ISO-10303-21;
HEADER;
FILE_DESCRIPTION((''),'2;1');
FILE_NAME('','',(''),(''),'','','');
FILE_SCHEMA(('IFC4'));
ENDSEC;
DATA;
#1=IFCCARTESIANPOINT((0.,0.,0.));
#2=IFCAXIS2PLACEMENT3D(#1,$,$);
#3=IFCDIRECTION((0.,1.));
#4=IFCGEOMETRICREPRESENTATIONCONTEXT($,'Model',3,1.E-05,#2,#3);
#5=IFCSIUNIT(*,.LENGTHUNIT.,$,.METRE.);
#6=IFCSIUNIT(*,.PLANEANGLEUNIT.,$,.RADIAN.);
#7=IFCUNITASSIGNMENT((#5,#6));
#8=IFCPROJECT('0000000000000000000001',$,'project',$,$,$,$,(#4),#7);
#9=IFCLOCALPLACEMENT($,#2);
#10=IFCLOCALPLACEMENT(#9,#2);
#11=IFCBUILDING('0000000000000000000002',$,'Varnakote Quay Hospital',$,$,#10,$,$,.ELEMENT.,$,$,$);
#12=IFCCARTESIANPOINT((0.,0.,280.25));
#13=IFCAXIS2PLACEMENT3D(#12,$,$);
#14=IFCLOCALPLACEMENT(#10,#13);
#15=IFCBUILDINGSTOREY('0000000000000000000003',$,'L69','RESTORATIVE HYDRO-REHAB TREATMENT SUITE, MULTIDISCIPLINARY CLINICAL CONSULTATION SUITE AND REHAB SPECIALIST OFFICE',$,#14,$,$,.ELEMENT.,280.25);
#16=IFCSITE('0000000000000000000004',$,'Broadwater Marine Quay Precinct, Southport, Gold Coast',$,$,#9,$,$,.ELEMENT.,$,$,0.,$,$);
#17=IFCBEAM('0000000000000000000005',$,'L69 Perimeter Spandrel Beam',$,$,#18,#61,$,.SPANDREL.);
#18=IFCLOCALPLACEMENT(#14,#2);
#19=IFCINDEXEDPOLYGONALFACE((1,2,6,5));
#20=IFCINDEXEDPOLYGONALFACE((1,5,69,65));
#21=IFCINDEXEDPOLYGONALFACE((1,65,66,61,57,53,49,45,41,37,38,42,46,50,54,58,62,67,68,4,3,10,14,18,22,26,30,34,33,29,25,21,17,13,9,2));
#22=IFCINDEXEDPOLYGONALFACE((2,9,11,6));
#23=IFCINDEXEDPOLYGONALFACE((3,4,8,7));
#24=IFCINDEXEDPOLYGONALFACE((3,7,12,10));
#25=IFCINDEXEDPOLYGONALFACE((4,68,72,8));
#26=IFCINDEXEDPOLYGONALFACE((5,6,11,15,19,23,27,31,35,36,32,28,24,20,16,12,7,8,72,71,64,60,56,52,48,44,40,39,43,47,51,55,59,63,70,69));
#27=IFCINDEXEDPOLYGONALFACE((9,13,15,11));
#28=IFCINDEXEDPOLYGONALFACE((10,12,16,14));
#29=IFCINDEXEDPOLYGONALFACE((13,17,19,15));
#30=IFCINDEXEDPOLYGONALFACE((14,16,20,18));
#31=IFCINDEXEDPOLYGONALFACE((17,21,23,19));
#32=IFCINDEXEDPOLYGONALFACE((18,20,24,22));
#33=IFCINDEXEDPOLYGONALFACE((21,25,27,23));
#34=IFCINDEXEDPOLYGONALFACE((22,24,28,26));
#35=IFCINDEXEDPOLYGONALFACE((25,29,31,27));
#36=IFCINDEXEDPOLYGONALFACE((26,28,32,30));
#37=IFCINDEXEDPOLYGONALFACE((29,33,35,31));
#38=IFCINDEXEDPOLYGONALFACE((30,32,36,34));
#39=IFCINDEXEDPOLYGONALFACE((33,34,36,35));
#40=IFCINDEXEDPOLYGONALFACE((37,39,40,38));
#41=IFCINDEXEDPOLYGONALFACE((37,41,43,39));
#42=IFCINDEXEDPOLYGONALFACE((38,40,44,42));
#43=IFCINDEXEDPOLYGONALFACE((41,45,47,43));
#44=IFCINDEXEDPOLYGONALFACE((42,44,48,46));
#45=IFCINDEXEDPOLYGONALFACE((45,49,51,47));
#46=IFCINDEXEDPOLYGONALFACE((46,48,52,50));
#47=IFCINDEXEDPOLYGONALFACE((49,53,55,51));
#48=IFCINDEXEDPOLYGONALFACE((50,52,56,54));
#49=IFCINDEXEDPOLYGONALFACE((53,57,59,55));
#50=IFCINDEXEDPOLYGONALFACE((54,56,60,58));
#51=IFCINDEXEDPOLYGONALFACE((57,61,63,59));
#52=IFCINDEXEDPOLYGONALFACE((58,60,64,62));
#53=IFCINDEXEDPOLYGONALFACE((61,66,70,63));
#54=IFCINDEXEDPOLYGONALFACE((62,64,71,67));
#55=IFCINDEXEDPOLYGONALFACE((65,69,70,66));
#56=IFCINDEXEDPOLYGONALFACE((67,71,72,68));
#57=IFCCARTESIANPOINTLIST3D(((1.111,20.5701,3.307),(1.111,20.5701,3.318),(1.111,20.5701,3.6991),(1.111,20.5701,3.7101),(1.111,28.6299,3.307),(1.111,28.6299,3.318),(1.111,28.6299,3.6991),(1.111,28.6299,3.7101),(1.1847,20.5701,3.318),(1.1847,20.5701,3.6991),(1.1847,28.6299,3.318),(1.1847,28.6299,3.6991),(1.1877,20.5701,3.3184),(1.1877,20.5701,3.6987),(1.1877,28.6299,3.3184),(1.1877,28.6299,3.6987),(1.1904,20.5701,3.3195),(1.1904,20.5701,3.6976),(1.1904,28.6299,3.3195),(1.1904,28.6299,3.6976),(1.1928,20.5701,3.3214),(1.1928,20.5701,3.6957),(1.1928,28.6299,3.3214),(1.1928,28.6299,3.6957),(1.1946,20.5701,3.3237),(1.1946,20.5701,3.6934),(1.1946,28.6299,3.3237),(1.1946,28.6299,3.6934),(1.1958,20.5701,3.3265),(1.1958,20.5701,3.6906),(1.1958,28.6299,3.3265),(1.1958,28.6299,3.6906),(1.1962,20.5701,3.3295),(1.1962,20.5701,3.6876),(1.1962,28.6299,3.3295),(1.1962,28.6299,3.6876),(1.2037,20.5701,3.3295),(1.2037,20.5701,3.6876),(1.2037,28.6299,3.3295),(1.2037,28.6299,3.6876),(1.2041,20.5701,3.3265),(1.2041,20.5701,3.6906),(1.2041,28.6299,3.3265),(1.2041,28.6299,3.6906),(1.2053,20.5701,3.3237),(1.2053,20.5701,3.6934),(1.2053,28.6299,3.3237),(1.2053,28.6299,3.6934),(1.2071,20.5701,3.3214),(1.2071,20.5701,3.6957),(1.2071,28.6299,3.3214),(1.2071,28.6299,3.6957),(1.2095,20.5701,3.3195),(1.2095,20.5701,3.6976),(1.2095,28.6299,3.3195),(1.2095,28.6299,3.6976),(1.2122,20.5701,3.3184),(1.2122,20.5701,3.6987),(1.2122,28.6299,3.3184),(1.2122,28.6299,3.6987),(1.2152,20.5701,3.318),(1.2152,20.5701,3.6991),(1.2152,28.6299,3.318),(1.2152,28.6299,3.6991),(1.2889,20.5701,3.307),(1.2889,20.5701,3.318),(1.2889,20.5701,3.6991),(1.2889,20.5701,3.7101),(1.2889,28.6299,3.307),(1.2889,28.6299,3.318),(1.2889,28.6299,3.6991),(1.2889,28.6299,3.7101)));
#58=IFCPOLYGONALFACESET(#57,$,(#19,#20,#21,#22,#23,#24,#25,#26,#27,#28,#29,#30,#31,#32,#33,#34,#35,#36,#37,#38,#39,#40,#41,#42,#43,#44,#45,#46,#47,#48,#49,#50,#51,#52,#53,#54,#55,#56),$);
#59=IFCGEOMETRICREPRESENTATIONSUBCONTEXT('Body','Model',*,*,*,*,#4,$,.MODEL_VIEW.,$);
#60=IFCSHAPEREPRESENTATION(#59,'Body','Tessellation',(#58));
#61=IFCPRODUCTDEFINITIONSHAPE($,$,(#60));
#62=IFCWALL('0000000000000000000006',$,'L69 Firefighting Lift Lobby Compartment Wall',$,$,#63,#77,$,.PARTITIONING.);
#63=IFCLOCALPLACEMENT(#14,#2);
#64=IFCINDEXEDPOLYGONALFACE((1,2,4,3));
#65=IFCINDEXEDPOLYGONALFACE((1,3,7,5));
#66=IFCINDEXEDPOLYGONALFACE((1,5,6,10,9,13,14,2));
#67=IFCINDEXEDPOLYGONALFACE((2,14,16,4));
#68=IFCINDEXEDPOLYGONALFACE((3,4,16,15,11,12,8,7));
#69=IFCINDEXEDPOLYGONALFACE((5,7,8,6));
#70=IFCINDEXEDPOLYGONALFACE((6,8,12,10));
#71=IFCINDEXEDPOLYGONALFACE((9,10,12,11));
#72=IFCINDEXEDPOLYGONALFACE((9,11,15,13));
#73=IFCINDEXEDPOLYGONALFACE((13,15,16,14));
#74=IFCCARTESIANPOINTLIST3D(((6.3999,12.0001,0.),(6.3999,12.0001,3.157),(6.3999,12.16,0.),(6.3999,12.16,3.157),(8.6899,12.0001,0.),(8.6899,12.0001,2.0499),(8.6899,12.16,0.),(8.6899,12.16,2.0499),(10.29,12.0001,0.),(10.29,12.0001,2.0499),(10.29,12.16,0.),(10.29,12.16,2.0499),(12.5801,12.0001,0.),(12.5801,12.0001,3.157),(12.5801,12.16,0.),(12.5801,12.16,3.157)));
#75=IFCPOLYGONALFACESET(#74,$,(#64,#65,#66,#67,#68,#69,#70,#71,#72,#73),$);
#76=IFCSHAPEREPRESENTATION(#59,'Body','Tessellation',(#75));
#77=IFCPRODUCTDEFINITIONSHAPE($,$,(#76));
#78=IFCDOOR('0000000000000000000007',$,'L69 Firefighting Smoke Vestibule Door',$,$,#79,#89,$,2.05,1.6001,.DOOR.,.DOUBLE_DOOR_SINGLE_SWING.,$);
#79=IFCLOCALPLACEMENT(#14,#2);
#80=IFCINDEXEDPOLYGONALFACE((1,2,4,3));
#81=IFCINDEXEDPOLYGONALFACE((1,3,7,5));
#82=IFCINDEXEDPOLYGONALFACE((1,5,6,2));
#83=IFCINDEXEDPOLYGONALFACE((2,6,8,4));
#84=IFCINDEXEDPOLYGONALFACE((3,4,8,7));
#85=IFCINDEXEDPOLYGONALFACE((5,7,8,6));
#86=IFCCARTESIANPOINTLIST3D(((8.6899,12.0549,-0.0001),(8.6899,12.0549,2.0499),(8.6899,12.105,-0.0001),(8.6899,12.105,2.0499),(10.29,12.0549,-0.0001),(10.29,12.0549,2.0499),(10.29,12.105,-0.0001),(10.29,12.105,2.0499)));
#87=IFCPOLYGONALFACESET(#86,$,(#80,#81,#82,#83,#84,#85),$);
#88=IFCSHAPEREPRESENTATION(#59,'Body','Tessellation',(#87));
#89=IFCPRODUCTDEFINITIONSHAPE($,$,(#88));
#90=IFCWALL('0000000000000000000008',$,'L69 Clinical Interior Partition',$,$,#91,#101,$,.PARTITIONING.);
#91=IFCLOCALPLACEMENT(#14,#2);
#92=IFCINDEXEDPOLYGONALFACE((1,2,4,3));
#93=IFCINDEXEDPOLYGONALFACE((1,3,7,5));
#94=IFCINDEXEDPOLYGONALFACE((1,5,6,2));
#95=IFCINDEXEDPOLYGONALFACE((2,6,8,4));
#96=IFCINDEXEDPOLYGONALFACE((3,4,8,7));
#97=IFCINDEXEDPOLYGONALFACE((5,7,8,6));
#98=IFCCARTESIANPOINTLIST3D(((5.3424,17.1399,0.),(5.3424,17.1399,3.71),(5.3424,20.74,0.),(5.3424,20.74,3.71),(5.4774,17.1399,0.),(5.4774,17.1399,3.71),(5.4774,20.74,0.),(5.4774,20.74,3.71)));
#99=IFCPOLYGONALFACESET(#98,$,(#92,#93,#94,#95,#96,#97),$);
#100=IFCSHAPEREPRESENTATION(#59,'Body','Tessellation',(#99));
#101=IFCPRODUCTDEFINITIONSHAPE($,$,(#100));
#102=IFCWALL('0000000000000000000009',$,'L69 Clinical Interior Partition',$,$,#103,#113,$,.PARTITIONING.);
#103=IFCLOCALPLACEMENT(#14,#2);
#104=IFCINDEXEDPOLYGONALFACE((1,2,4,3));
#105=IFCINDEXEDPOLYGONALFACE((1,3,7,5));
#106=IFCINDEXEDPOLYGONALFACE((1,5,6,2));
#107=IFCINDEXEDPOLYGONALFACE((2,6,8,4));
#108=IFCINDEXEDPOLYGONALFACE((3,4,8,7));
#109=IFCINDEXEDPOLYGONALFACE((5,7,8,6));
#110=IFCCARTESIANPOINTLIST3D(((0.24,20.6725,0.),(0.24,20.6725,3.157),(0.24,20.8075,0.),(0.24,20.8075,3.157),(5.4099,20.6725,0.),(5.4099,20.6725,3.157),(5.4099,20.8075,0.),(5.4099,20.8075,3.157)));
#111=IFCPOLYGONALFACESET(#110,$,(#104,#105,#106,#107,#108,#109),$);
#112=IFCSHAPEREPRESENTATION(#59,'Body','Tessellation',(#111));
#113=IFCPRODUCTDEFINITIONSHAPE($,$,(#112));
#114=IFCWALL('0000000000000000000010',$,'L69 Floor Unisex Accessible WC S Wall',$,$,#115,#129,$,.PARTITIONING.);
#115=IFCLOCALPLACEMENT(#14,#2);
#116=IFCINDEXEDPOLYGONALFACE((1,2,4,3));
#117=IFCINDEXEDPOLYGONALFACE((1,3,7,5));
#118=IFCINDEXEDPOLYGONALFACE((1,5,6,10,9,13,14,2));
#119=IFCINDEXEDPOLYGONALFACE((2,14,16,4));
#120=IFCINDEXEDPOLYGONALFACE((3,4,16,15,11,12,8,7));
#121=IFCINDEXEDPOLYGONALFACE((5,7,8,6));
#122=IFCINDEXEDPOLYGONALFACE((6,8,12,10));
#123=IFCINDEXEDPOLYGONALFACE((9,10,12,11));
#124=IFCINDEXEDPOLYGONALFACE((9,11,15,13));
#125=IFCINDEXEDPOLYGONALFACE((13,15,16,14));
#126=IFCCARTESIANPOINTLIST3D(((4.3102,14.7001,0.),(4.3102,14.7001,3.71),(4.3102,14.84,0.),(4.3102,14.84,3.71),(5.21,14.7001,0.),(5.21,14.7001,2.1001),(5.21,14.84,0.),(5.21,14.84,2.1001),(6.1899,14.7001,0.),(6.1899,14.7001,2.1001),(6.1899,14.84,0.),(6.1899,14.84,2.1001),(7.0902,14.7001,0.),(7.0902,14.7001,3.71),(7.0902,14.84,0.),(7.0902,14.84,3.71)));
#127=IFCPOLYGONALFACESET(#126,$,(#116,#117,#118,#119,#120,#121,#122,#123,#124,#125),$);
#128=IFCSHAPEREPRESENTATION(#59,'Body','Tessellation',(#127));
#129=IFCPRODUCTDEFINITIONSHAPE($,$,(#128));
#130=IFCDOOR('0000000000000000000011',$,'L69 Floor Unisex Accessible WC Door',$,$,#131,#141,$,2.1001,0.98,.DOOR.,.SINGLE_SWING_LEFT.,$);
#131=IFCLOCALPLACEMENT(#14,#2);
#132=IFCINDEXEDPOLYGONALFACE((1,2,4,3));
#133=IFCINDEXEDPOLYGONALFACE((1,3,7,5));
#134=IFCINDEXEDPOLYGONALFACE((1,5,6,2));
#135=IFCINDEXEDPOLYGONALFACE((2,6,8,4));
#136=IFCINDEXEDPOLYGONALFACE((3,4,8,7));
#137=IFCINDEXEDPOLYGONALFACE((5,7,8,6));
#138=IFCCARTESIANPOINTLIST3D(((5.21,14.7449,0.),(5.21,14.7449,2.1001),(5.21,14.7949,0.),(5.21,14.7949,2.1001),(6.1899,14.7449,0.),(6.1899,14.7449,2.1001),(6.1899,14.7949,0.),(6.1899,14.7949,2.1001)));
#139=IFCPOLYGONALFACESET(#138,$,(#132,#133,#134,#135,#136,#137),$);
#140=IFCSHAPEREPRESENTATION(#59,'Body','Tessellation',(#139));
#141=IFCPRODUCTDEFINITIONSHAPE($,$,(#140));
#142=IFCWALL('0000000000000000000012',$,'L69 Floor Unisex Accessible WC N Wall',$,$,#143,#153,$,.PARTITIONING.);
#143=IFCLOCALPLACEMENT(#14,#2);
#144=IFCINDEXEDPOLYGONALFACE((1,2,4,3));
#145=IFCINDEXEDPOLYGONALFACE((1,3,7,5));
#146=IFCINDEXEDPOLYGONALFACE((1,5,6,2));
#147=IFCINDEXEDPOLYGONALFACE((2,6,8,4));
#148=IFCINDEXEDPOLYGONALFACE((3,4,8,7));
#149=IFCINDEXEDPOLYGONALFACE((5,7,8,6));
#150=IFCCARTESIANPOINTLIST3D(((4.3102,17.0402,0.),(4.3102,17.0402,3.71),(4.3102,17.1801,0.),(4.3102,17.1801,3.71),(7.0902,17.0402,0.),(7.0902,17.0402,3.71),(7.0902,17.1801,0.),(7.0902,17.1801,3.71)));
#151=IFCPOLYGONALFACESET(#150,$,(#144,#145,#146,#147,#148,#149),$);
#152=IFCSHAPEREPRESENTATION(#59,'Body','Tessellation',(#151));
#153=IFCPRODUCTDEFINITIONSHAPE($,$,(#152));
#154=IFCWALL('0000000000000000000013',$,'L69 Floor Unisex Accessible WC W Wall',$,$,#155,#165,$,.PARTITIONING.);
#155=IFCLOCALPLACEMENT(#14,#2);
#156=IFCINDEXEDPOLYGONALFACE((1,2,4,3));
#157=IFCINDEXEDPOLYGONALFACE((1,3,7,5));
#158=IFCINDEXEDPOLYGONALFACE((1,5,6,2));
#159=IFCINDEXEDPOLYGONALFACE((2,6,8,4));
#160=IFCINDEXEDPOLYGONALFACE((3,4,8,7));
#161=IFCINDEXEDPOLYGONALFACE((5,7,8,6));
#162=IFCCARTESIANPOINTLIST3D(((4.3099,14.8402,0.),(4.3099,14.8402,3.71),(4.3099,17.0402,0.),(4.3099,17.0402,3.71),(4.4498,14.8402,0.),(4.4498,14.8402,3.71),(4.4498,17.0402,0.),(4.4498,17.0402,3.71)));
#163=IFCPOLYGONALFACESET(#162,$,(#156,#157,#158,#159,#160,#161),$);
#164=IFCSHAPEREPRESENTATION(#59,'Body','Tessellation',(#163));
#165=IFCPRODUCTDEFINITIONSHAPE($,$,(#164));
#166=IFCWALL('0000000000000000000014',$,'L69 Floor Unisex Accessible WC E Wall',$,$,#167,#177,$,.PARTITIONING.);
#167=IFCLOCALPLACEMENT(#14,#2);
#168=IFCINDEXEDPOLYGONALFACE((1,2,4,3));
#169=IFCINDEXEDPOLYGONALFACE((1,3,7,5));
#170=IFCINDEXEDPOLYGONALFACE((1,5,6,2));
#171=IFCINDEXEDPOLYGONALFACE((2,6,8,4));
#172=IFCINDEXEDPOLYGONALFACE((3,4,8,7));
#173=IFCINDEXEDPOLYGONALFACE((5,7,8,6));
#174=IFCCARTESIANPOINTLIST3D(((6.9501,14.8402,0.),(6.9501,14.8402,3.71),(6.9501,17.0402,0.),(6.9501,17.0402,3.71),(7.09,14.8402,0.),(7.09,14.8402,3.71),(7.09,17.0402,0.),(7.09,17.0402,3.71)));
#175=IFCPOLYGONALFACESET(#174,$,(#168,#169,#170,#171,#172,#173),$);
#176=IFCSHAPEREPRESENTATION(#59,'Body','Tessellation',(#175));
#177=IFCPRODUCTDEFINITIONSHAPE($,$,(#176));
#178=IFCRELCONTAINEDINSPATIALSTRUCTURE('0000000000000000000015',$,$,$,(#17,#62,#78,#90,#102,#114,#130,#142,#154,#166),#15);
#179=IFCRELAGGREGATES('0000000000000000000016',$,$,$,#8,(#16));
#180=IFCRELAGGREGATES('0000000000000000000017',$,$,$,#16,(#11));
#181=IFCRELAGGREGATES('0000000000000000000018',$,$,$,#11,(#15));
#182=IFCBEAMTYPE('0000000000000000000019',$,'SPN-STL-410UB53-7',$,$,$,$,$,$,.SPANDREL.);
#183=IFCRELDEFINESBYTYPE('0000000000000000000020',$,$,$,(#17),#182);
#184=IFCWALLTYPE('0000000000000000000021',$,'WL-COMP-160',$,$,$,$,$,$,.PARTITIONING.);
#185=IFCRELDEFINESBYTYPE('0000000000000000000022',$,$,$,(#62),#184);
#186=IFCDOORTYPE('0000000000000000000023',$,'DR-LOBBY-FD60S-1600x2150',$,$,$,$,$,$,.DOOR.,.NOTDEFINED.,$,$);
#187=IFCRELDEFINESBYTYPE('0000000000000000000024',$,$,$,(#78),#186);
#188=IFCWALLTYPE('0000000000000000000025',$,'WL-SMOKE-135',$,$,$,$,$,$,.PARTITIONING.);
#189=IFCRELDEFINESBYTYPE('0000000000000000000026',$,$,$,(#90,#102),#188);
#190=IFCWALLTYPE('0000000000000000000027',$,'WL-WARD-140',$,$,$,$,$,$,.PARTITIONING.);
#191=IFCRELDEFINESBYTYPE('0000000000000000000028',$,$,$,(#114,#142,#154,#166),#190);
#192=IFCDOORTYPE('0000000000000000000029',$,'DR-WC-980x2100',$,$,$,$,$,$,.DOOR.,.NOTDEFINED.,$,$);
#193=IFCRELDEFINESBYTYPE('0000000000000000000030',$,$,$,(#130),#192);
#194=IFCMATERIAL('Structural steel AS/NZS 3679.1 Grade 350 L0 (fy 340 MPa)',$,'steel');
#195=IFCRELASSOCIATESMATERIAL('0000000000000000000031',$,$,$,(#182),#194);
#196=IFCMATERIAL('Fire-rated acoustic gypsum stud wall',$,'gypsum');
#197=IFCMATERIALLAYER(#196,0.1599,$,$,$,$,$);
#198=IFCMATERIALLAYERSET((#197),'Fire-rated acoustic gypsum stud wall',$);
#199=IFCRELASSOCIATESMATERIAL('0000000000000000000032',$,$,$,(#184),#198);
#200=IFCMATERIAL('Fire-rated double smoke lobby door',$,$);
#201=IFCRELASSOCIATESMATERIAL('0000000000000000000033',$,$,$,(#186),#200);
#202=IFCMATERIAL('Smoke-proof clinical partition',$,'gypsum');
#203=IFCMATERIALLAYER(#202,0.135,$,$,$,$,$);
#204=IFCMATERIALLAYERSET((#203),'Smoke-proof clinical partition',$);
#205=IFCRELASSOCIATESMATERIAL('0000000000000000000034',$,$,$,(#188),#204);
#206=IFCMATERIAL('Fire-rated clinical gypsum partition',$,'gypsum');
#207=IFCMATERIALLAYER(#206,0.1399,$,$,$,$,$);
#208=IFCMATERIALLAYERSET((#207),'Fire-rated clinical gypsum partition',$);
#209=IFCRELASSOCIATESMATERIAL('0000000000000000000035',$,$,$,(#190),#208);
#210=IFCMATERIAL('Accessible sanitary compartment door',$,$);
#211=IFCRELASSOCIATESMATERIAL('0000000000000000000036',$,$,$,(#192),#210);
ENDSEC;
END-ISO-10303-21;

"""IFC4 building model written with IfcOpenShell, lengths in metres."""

from ifc_helpers import new_model, si_unit, direction, frame, frame_2d, origin, origin_2d, place, context, subcontext, project, spatial, rectangle, i_section, extrude, material, layer, layer_set, material_profile, profile_set, type_object, element, fill, save


model = new_model("IFC4")

# Units and contexts
model_context = context("Model", 3, precision=1e-05, world=origin(), true_north=direction((0.0, 1.0)))
body_context = subcontext(model_context, "Body", "Model", "MODEL_VIEW")
ifc_project = project(units=[si_unit("LENGTHUNIT", "METRE"), si_unit("PLANEANGLEUNIT", "RADIAN")], contexts=[model_context])

# Site, building, storey
site_placement = place(None, origin())
site = spatial("IfcSite", under=ifc_project, at=site_placement, Name="Broadwater Marine Quay Precinct, Southport, Gold Coast", CompositionType="ELEMENT", RefElevation=0.0)
building_placement = place(site_placement, origin())
building = spatial("IfcBuilding", under=site, at=building_placement, Name="Varnakote Quay Hospital", CompositionType="ELEMENT")
storey_placement = place(building_placement, frame((0.0, 0.0, 280.25)))
storey = spatial("IfcBuildingStorey", under=building, at=storey_placement, Name="L69", Description="RESTORATIVE HYDRO-REHAB TREATMENT SUITE, MULTIDISCIPLINARY CLINICAL CONSULTATION SUITE AND REHAB SPECIALIST OFFICE", CompositionType="ELEMENT", Elevation=280.25)

# Beam
ifc_material_1 = material(Name="Structural steel AS/NZS 3679.1 Grade 350 L0 (fy 340 MPa)", Category="steel")
ifc_material_profile_1 = material_profile(ifc_material_1, i_section(OverallWidth=0.178, OverallDepth=0.4031, WebThickness=0.0076, FlangeThickness=0.011, FilletRadius=0.0115, at=origin_2d()), Name="410UB53.7")
ifc_profile_set_1 = profile_set([ifc_material_profile_1], Name="Structural steel AS/NZS 3679.1 Grade 350 L0 (fy 340 MPa)")
beam_type_1 = type_object("IfcBeamType", Name="SPN-STL-410UB53-7", PredefinedType="SPANDREL", material=ifc_profile_set_1)
beam_1_placement = place(storey_placement, frame((1.2, 20.5701, 3.5085), z_axis=(0.0, 1.0, 0.0), x_axis=(-1.0, 0.0, 0.0)))
element("IfcBeam", 1, at=beam_1_placement, inside=storey, type_object=beam_type_1, Name="L69 Perimeter Spandrel Beam", PredefinedType="SPANDREL", context=body_context, shape_type="SweptSolid", body=[
    extrude(i_section(OverallWidth=0.178, OverallDepth=0.4031, WebThickness=0.0076, FlangeThickness=0.011, FilletRadius=0.0115, at=origin_2d()), origin(), (0.0, 0.0, 1.0), 8.0598),
])

# Wall, opening, door
ifc_material_2 = material(Name="Fire-rated acoustic gypsum stud wall", Category="gypsum")
ifc_layer_1 = layer(ifc_material_2, 0.1599)
ifc_layer_set_1 = layer_set([ifc_layer_1], Name="Fire-rated acoustic gypsum stud wall")
wall_type_1 = type_object("IfcWallType", Name="WL-COMP-160", PredefinedType="PARTITIONING", material=ifc_layer_set_1)
wall_1_placement = place(storey_placement, frame((6.3999, 12.0801, 0.0), z_axis=(0.0, 0.0, 1.0), x_axis=(1.0, 0.0, 0.0)))
wall_1 = element("IfcWall", 2, at=wall_1_placement, inside=storey, type_object=wall_type_1, Name="L69 Firefighting Lift Lobby Compartment Wall", PredefinedType="PARTITIONING", context=body_context, shape_type="SweptSolid", body=[
    extrude(rectangle(XDim=6.1802, YDim=0.1599, at=frame_2d((3.0901, 0.0))), origin(), (0.0, 0.0, 1.0), 3.157),
])
opening_1_placement = place(wall_1_placement, frame((2.29, 0.0, 0.0)))
opening_1 = element("IfcOpeningElement", 3, at=opening_1_placement, cuts=wall_1, PredefinedType="OPENING", context=body_context, shape_type="SweptSolid", body=[
    extrude(rectangle(XDim=1.6001, YDim=2.05, at=frame_2d((0.8, 1.0249))), frame((0.0, 0.0898, 0.0), z_axis=(0.0, -1.0, 0.0), x_axis=(1.0, 0.0, 0.0)), (0.0, 0.0, 1.0), 0.1799),
])
ifc_material_3 = material(Name="Fire-rated double smoke lobby door")
door_type_1 = type_object("IfcDoorType", Name="DR-LOBBY-FD60S-1600x2150", OperationType="NOTDEFINED", PredefinedType="DOOR", material=ifc_material_3)
door_1_placement = place(opening_1_placement, origin())
door_1 = element("IfcDoor", 4, at=door_1_placement, inside=storey, type_object=door_type_1, Name="L69 Firefighting Smoke Vestibule Door", OperationType="DOUBLE_DOOR_SINGLE_SWING", OverallHeight=2.05, OverallWidth=1.6001, PredefinedType="DOOR", context=body_context, shape_type="SweptSolid", body=[
    extrude(rectangle(XDim=1.6001, YDim=2.05, at=frame_2d((0.8, 1.0249))), frame((0.0, 0.0249, 0.0), z_axis=(0.0, -1.0, 0.0), x_axis=(1.0, 0.0, 0.0)), (0.0, 0.0, 1.0), 0.05),
])
fill(opening_1, door_1)

# Walls
ifc_material_4 = material(Name="Smoke-proof clinical partition", Category="gypsum")
ifc_layer_2 = layer(ifc_material_4, 0.135)
ifc_layer_set_2 = layer_set([ifc_layer_2], Name="Smoke-proof clinical partition")
wall_type_2 = type_object("IfcWallType", Name="WL-SMOKE-135", PredefinedType="PARTITIONING", material=ifc_layer_set_2)
wall_2_placement = place(storey_placement, frame((5.4099, 17.1399, 0.0), z_axis=(0.0, 0.0, 1.0), x_axis=(0.0, 1.0, 0.0)))
element("IfcWall", 5, at=wall_2_placement, inside=storey, type_object=wall_type_2, Name="L69 Clinical Interior Partition", PredefinedType="PARTITIONING", context=body_context, shape_type="SweptSolid", body=[
    extrude(rectangle(XDim=3.6001, YDim=0.135, at=frame_2d((1.8, 0.0))), origin(), (0.0, 0.0, 1.0), 3.71),
])
wall_3_placement = place(storey_placement, frame((5.4099, 20.74, 0.0), z_axis=(0.0, 0.0, 1.0), x_axis=(-1.0, 0.0, 0.0)))
element("IfcWall", 6, at=wall_3_placement, inside=storey, type_object=wall_type_2, Name="L69 Clinical Interior Partition", PredefinedType="PARTITIONING", context=body_context, shape_type="SweptSolid", body=[
    extrude(rectangle(XDim=5.1699, YDim=0.135, at=frame_2d((2.585, 0.0))), origin(), (0.0, 0.0, 1.0), 3.157),
])

# Wall, opening, door
ifc_material_5 = material(Name="Fire-rated clinical gypsum partition", Category="gypsum")
ifc_layer_3 = layer(ifc_material_5, 0.1399)
ifc_layer_set_3 = layer_set([ifc_layer_3], Name="Fire-rated clinical gypsum partition")
wall_type_3 = type_object("IfcWallType", Name="WL-WARD-140", PredefinedType="PARTITIONING", material=ifc_layer_set_3)
wall_4_placement = place(storey_placement, frame((4.3101, 14.77, 0.0), z_axis=(0.0, 0.0, 1.0), x_axis=(1.0, 0.0, 0.0)))
wall_4 = element("IfcWall", 7, at=wall_4_placement, inside=storey, type_object=wall_type_3, Name="L69 Floor Unisex Accessible WC S Wall", PredefinedType="PARTITIONING", context=body_context, shape_type="SweptSolid", body=[
    extrude(rectangle(XDim=2.78, YDim=0.1399, at=frame_2d((1.3901, 0.0))), origin(), (0.0, 0.0, 1.0), 3.71),
])
opening_2_placement = place(wall_4_placement, frame((0.8999, 0.0, 0.0)))
opening_2 = element("IfcOpeningElement", 8, at=opening_2_placement, cuts=wall_4, PredefinedType="OPENING", context=body_context, shape_type="SweptSolid", body=[
    extrude(rectangle(XDim=0.98, YDim=2.1001, at=frame_2d((0.49, 1.05))), frame((0.0, 0.0798, 0.0), z_axis=(0.0, -1.0, 0.0), x_axis=(1.0, 0.0, 0.0)), (0.0, 0.0, 1.0), 0.1599),
])
ifc_material_6 = material(Name="Accessible sanitary compartment door")
door_type_2 = type_object("IfcDoorType", Name="DR-WC-980x2100", OperationType="NOTDEFINED", PredefinedType="DOOR", material=ifc_material_6)
door_2_placement = place(opening_2_placement, origin())
door_2 = element("IfcDoor", 9, at=door_2_placement, inside=storey, type_object=door_type_2, Name="L69 Floor Unisex Accessible WC Door", OperationType="SINGLE_SWING_LEFT", OverallHeight=2.1001, OverallWidth=0.98, PredefinedType="DOOR", context=body_context, shape_type="SweptSolid", body=[
    extrude(rectangle(XDim=0.98, YDim=2.1001, at=frame_2d((0.49, 1.05))), frame((0.0, 0.0249, 0.0), z_axis=(0.0, -1.0, 0.0), x_axis=(1.0, 0.0, 0.0)), (0.0, 0.0, 1.0), 0.05),
])
fill(opening_2, door_2)

# Walls
wall_5_placement = place(storey_placement, frame((4.3101, 17.1101, 0.0), z_axis=(0.0, 0.0, 1.0), x_axis=(1.0, 0.0, 0.0)))
element("IfcWall", 10, at=wall_5_placement, inside=storey, type_object=wall_type_3, Name="L69 Floor Unisex Accessible WC N Wall", PredefinedType="PARTITIONING", context=body_context, shape_type="SweptSolid", body=[
    extrude(rectangle(XDim=2.78, YDim=0.1399, at=frame_2d((1.3901, 0.0))), origin(), (0.0, 0.0, 1.0), 3.71),
])
for number, where, z_axis, x_axis, name in (
    (11, (4.3799, 14.8401, 0.0), (0.0, 0.0, 1.0), (0.0, 1.0, 0.0), "L69 Floor Unisex Accessible WC W Wall"),
    (12, (7.02, 14.8401, 0.0), (0.0, 0.0, 1.0), (0.0, 1.0, 0.0), "L69 Floor Unisex Accessible WC E Wall"),
):
    element("IfcWall", number, at=place(storey_placement, frame(where, z_axis=z_axis, x_axis=x_axis)), inside=storey, type_object=wall_type_3, Name=name, PredefinedType="PARTITIONING", context=body_context, shape_type="SweptSolid", body=[
        extrude(rectangle(XDim=2.2, YDim=0.1399, at=frame_2d((1.1001, 0.0))), origin(), (0.0, 0.0, 1.0), 3.71),
    ])

save(model, "model.ifc")
